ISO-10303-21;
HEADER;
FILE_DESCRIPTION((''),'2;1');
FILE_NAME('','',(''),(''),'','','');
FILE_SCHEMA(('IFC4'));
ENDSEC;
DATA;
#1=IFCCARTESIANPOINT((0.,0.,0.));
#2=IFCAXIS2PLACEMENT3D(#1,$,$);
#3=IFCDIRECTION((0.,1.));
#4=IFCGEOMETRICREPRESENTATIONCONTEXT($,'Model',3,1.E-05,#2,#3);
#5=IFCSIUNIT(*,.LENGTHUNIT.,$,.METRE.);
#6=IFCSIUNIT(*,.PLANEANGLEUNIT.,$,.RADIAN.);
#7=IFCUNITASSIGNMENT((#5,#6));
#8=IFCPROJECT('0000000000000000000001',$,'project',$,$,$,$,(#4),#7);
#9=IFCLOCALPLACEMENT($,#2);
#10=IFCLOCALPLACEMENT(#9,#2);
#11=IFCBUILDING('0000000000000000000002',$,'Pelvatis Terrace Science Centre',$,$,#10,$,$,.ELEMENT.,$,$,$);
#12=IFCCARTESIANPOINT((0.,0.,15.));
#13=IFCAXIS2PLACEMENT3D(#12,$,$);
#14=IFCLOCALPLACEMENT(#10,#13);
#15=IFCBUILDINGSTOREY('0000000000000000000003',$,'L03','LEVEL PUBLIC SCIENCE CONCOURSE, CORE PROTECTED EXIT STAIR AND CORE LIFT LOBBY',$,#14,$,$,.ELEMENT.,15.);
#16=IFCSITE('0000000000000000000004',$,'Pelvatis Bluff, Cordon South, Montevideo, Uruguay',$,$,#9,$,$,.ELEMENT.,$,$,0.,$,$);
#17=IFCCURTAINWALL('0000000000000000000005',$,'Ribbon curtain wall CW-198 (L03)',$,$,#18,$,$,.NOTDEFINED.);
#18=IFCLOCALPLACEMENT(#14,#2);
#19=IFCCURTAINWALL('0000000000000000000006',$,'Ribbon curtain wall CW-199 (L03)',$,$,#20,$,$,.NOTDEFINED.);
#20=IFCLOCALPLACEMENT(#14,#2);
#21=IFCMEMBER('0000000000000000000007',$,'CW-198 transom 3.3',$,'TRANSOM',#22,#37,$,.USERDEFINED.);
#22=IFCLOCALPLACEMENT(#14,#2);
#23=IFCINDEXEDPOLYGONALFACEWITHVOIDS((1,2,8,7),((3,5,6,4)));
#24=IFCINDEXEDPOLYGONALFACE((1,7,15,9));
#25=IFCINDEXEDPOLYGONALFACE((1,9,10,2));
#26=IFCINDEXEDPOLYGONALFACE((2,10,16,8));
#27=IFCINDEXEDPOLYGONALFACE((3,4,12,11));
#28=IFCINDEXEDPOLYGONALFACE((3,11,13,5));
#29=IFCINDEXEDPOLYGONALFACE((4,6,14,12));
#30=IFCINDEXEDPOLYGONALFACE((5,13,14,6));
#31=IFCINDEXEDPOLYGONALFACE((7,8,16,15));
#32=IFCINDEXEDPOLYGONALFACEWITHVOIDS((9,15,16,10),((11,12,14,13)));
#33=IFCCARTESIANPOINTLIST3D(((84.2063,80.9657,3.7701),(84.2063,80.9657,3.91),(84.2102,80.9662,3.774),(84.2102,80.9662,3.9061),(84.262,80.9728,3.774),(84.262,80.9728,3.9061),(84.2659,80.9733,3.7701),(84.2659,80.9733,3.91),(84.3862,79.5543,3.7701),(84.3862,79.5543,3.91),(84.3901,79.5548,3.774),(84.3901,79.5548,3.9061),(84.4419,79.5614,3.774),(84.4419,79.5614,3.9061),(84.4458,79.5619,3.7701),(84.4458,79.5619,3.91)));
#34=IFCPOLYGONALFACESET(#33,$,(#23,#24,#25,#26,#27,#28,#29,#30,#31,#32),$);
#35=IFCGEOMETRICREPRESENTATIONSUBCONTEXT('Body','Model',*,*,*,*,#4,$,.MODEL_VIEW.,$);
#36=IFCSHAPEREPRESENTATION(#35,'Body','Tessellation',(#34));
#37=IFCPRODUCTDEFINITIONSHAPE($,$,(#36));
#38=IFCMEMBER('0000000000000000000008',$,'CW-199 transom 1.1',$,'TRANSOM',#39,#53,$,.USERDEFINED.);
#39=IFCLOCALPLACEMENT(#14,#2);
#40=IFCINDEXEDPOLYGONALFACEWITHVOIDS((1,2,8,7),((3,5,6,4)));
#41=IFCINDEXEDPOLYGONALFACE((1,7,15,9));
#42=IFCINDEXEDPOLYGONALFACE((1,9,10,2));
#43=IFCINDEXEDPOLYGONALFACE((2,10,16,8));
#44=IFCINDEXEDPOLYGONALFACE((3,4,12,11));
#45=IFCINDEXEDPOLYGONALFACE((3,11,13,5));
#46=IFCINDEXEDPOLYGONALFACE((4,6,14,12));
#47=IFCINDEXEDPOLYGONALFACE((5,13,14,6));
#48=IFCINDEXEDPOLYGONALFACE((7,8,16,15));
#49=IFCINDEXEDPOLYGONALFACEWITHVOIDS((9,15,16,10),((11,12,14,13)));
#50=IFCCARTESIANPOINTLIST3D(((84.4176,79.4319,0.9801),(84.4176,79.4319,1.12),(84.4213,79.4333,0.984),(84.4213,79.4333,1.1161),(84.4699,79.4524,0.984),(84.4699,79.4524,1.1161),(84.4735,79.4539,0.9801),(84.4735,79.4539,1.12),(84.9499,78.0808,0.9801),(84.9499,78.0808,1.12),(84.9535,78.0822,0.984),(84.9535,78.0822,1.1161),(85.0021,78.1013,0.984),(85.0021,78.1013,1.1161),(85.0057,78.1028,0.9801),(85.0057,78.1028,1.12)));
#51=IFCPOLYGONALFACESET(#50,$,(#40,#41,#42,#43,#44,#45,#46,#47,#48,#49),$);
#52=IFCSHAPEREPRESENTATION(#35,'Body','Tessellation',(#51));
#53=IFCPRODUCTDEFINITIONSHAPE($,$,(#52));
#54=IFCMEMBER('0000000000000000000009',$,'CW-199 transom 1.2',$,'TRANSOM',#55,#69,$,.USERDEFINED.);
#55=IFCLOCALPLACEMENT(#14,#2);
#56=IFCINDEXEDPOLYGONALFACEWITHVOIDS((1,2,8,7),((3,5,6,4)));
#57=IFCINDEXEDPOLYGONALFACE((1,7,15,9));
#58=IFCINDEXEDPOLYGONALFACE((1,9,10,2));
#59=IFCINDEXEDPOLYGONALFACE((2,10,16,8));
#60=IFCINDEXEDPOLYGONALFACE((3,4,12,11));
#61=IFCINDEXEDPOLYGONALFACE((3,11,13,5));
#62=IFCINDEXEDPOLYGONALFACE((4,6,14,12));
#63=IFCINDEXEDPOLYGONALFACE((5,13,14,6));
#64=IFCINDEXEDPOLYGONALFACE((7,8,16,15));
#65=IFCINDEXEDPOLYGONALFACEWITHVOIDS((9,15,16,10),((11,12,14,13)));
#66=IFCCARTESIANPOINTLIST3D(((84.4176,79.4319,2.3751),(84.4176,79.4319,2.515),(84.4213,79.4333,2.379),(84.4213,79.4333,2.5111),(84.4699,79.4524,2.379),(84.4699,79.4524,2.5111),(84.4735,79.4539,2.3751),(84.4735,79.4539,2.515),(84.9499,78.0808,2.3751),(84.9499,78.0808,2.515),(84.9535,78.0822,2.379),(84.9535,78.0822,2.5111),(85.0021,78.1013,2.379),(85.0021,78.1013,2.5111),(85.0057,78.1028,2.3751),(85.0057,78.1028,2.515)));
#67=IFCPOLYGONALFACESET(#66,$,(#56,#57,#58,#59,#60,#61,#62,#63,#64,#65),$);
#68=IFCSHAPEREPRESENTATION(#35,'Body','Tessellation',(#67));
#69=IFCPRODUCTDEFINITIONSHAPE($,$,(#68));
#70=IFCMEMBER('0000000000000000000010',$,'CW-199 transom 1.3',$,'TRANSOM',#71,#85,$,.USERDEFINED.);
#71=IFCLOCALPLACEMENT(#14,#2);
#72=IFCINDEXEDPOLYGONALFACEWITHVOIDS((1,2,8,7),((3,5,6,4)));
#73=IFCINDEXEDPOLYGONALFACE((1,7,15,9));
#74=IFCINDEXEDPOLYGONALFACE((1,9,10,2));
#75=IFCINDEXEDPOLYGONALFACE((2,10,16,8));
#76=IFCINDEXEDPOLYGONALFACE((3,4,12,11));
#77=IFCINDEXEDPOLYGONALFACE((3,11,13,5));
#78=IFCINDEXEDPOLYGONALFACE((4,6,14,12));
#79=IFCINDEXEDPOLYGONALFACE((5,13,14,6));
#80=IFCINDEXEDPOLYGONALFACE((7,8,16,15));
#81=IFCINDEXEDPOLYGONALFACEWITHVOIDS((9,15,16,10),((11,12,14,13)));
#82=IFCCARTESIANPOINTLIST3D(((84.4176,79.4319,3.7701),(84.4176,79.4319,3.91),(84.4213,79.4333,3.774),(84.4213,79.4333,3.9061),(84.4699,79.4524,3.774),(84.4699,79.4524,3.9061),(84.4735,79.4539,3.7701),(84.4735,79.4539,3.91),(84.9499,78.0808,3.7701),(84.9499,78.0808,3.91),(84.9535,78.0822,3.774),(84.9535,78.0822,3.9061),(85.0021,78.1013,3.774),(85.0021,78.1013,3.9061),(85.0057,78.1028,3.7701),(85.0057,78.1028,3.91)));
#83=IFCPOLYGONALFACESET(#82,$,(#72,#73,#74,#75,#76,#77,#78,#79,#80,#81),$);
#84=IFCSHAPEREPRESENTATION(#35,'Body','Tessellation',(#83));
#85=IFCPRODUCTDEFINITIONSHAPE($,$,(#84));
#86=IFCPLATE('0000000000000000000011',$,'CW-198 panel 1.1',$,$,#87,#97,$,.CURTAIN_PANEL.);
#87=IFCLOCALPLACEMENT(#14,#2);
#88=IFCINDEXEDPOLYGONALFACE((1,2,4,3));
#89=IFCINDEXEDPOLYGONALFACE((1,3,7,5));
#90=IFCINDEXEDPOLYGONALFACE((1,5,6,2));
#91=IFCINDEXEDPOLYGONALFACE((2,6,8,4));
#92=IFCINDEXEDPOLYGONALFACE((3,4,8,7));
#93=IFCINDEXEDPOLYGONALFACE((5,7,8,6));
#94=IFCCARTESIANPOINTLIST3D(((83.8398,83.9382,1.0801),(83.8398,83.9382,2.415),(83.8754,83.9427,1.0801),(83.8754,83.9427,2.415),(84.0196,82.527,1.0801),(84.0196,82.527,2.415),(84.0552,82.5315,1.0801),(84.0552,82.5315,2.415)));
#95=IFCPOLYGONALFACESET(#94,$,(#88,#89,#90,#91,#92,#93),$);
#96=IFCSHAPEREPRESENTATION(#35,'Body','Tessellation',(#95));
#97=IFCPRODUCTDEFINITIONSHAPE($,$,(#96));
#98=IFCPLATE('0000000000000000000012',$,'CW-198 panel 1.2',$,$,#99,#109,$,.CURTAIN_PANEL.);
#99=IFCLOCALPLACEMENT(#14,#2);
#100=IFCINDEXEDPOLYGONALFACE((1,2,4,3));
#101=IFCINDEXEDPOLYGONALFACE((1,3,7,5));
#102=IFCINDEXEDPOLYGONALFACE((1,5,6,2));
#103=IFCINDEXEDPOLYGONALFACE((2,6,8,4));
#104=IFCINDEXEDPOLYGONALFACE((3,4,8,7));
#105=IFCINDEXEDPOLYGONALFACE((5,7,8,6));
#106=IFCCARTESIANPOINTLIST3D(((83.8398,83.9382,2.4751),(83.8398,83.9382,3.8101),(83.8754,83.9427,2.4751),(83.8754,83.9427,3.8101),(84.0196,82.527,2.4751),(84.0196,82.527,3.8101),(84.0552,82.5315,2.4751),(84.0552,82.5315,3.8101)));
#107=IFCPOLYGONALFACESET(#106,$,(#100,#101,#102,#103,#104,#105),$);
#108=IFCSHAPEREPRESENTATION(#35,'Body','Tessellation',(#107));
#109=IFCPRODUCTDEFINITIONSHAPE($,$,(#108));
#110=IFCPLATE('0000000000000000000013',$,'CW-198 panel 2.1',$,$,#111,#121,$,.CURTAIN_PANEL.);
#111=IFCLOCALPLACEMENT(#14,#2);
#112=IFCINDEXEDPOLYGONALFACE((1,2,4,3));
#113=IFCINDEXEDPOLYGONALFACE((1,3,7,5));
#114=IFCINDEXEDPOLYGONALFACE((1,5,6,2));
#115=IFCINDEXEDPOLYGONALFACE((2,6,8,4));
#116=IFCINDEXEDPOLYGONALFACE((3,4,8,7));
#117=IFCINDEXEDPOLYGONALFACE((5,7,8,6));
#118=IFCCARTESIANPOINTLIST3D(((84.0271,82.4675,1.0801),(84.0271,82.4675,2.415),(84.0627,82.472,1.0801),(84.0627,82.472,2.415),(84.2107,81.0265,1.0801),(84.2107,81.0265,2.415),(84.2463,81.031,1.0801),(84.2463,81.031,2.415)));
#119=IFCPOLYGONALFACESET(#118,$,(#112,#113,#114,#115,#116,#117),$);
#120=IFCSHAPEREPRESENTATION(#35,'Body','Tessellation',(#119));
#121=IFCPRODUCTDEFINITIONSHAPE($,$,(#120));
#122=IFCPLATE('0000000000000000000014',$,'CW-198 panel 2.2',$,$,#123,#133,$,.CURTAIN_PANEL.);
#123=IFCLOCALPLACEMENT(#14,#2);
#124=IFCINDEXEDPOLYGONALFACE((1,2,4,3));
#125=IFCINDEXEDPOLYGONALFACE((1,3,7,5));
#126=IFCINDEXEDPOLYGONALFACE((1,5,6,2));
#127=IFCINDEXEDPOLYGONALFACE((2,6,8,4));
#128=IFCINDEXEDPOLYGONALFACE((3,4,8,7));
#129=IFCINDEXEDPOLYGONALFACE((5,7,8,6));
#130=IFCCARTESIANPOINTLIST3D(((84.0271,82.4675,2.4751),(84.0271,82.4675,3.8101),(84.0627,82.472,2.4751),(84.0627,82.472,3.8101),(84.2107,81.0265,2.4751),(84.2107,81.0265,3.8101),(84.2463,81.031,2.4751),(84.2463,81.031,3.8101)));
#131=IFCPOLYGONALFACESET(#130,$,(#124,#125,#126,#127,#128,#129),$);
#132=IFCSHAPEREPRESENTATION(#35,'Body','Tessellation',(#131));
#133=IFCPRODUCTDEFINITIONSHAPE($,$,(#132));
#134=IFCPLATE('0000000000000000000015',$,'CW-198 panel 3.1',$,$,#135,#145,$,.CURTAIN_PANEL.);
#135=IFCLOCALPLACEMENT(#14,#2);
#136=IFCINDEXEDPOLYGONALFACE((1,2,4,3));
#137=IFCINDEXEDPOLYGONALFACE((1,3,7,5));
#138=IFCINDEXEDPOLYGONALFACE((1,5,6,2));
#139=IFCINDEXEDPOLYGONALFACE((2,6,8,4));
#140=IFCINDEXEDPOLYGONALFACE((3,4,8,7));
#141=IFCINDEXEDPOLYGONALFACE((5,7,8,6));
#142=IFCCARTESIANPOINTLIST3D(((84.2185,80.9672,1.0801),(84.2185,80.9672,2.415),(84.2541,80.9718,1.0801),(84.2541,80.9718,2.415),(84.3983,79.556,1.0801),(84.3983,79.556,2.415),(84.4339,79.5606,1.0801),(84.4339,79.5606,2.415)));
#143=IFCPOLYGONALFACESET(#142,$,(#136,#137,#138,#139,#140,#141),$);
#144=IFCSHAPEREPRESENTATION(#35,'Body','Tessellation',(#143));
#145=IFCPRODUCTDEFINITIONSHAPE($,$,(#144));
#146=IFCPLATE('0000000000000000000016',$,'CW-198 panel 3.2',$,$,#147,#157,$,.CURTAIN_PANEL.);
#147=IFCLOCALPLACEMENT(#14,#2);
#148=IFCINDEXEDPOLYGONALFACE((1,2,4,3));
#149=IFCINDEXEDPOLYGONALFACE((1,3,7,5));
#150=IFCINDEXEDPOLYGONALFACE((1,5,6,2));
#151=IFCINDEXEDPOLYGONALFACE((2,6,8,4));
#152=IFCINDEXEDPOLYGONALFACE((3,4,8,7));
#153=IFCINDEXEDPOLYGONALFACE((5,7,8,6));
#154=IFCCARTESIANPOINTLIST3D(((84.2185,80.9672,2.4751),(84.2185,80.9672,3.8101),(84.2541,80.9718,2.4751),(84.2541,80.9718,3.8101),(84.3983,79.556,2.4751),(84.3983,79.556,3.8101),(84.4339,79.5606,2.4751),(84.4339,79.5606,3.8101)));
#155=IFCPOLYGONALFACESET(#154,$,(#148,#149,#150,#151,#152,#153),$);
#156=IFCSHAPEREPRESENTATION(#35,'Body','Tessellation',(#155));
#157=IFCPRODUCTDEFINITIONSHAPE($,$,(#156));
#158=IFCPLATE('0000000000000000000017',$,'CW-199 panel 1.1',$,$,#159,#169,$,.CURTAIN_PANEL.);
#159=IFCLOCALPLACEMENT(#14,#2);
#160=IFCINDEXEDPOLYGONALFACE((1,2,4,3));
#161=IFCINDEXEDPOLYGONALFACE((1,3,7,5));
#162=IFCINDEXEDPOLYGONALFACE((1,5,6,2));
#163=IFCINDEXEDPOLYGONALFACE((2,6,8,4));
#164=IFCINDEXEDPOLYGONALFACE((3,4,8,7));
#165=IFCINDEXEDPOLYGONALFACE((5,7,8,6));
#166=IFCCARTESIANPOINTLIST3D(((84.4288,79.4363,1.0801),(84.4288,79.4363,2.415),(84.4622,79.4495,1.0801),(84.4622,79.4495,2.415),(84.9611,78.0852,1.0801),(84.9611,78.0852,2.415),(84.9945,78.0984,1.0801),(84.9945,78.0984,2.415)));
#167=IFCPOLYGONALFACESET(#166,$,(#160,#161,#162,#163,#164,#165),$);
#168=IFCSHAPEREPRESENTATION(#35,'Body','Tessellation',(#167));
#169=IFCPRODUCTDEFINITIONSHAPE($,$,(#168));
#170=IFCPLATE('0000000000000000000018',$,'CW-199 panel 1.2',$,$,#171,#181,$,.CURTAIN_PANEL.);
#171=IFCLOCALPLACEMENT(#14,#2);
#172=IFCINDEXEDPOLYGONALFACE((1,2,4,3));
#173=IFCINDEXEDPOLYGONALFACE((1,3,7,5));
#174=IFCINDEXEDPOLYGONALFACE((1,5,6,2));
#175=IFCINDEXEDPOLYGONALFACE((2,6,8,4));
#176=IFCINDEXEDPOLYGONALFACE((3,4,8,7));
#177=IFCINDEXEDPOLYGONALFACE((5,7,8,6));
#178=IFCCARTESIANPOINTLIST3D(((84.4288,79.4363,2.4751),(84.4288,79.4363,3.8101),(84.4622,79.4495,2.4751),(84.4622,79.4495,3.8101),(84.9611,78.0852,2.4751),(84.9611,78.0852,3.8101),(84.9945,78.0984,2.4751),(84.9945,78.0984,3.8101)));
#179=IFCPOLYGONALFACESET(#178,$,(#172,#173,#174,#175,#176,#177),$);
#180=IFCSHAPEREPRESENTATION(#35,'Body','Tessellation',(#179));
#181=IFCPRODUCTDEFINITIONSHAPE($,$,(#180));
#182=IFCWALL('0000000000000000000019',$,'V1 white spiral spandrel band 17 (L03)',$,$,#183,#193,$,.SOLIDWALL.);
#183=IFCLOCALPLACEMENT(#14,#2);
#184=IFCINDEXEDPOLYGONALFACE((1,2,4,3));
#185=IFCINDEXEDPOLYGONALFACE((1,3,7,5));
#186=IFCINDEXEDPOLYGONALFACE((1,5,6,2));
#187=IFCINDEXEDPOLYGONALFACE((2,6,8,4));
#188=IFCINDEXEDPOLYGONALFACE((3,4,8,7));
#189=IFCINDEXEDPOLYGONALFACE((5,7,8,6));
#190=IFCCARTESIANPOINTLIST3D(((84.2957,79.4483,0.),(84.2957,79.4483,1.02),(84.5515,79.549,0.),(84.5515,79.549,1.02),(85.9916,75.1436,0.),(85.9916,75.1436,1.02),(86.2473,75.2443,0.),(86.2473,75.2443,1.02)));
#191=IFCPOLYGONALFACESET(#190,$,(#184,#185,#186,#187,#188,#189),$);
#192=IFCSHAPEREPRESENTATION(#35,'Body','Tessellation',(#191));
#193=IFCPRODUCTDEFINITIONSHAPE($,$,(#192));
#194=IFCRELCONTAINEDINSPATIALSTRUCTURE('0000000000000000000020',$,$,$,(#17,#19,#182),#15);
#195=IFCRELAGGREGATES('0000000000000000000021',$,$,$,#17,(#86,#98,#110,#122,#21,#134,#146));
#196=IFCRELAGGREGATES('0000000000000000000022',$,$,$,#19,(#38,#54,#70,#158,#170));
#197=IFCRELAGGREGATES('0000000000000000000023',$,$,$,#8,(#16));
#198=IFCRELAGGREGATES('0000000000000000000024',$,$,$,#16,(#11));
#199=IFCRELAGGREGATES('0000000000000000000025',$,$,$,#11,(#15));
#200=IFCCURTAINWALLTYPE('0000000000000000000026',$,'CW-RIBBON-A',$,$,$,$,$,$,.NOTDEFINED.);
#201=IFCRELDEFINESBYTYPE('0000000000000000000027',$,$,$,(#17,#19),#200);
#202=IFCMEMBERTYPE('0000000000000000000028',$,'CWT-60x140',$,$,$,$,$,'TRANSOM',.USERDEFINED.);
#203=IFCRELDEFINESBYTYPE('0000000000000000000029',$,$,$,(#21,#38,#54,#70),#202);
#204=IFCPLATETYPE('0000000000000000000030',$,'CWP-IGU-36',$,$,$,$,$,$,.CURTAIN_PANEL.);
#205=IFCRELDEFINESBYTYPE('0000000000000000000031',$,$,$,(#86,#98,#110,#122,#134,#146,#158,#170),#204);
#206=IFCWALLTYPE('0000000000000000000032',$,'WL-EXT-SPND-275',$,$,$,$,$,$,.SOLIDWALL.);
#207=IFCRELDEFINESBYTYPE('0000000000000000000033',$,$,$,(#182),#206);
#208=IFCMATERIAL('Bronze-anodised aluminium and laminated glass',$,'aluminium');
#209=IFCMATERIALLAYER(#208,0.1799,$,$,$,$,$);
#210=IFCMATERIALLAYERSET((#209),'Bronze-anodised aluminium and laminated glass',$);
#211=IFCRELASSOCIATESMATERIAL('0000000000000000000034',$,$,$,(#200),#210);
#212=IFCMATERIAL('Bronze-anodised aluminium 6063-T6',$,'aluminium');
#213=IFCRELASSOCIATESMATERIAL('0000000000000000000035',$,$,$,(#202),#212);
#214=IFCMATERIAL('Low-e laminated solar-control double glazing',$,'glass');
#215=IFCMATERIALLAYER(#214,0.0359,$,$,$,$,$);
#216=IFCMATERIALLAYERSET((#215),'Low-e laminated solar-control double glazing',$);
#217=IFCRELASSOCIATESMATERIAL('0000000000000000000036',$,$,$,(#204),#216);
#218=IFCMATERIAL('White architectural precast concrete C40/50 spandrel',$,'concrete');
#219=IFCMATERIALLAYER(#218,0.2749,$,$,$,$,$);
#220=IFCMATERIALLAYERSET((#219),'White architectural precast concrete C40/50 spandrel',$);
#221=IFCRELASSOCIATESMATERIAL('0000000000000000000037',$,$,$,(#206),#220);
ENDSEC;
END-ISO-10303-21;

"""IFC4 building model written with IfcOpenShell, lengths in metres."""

from ifc_helpers import new_model, si_unit, direction, frame, frame_2d, origin, origin_2d, place, context, subcontext, project, spatial, rectangle, hollow_rectangle, extrude, material, layer, layer_set, material_profile, profile_set, type_object, element, aggregate, save


model = new_model("IFC4")

# Units and contexts
model_context = context("Model", 3, precision=1e-05, world=origin(), true_north=direction((0.0, 1.0)))
body_context = subcontext(model_context, "Body", "Model", "MODEL_VIEW")
ifc_project = project(units=[si_unit("LENGTHUNIT", "METRE"), si_unit("PLANEANGLEUNIT", "RADIAN")], contexts=[model_context])

# Site, building, storey
site_placement = place(None, origin())
site = spatial("IfcSite", under=ifc_project, at=site_placement, Name="Pelvatis Bluff, Cordon South, Montevideo, Uruguay", CompositionType="ELEMENT", RefElevation=0.0)
building_placement = place(site_placement, origin())
building = spatial("IfcBuilding", under=site, at=building_placement, Name="Pelvatis Terrace Science Centre", CompositionType="ELEMENT")
storey_placement = place(building_placement, frame((0.0, 0.0, 15.0)))
storey = spatial("IfcBuildingStorey", under=building, at=storey_placement, Name="L03", Description="LEVEL PUBLIC SCIENCE CONCOURSE, CORE PROTECTED EXIT STAIR AND CORE LIFT LOBBY", CompositionType="ELEMENT", Elevation=15.0)

# Curtain walls
ifc_material_1 = material(Name="Bronze-anodised aluminium and laminated glass", Category="aluminium")
ifc_layer_1 = layer(ifc_material_1, 0.1799)
ifc_layer_set_1 = layer_set([ifc_layer_1], Name="Bronze-anodised aluminium and laminated glass")
curtain_wall_type = type_object("IfcCurtainWallType", Name="CW-RIBBON-A", PredefinedType="NOTDEFINED", material=ifc_layer_set_1)
curtain_wall_1_placement = place(storey_placement, origin())
curtain_wall_1 = element("IfcCurtainWall", 1, at=curtain_wall_1_placement, inside=storey, type_object=curtain_wall_type, Name="Ribbon curtain wall CW-198 (L03)", PredefinedType="NOTDEFINED")
curtain_wall_2_placement = place(storey_placement, origin())
curtain_wall_2 = element("IfcCurtainWall", 2, at=curtain_wall_2_placement, inside=storey, type_object=curtain_wall_type, Name="Ribbon curtain wall CW-199 (L03)", PredefinedType="NOTDEFINED")

# Members
ifc_material_2 = material(Name="Bronze-anodised aluminium 6063-T6", Category="aluminium")
ifc_material_profile_1 = material_profile(ifc_material_2, hollow_rectangle(XDim=0.0601, YDim=0.1399, WallThickness=0.0039, at=origin_2d()), Name="ALU-TRN 60x140")
ifc_profile_set_1 = profile_set([ifc_material_profile_1], Name="Bronze-anodised aluminium 6063-T6")
member_type_1 = type_object("IfcMemberType", Name="CWT-60x140", ElementType="TRANSOM", PredefinedType="USERDEFINED", material=ifc_profile_set_1)
member_1_placement = place(storey_placement, frame((84.2361, 80.9695, 3.8401), z_axis=(0.126463, -0.991971, 0.0), x_axis=(0.991971, 0.126463, 0.0)))
member_1 = element("IfcMember", 3, at=member_1_placement, type_object=member_type_1, Name="CW-198 transom 3.3", ObjectType="TRANSOM", PredefinedType="USERDEFINED", context=body_context, shape_type="SweptSolid", body=[
    extrude(hollow_rectangle(XDim=0.0601, YDim=0.1399, WallThickness=0.0039, at=origin_2d()), origin(), (0.0, 0.0, 1.0), 1.4229),
])
member_2_placement = place(storey_placement, frame((84.4456, 79.4429, 1.05), z_axis=(0.366516, -0.930412, 0.0), x_axis=(0.930412, 0.366516, 0.0)))
member_2 = element("IfcMember", 4, at=member_2_placement, type_object=member_type_1, Name="CW-199 transom 1.1", ObjectType="TRANSOM", PredefinedType="USERDEFINED", context=body_context, shape_type="SweptSolid", body=[
    extrude(hollow_rectangle(XDim=0.0601, YDim=0.1399, WallThickness=0.0039, at=origin_2d()), origin(), (0.0, 0.0, 1.0), 1.4521),
])
member_3_placement = place(storey_placement, frame((84.4456, 79.4429, 2.4451), z_axis=(0.366516, -0.930412, 0.0), x_axis=(0.930412, 0.366516, 0.0)))
member_3 = element("IfcMember", 5, at=member_3_placement, type_object=member_type_1, Name="CW-199 transom 1.2", ObjectType="TRANSOM", PredefinedType="USERDEFINED", context=body_context, shape_type="SweptSolid", body=[
    extrude(hollow_rectangle(XDim=0.0601, YDim=0.1399, WallThickness=0.0039, at=origin_2d()), origin(), (0.0, 0.0, 1.0), 1.4521),
])
member_4_placement = place(storey_placement, frame((84.4456, 79.4429, 3.8401), z_axis=(0.366516, -0.930412, 0.0), x_axis=(0.930412, 0.366516, 0.0)))
member_4 = element("IfcMember", 6, at=member_4_placement, type_object=member_type_1, Name="CW-199 transom 1.3", ObjectType="TRANSOM", PredefinedType="USERDEFINED", context=body_context, shape_type="SweptSolid", body=[
    extrude(hollow_rectangle(XDim=0.0601, YDim=0.1399, WallThickness=0.0039, at=origin_2d()), origin(), (0.0, 0.0, 1.0), 1.4521),
])

# Plates
ifc_material_3 = material(Name="Low-e laminated solar-control double glazing", Category="glass")
ifc_layer_2 = layer(ifc_material_3, 0.0359)
ifc_layer_set_2 = layer_set([ifc_layer_2], Name="Low-e laminated solar-control double glazing")
plate_type = type_object("IfcPlateType", Name="CWP-IGU-36", PredefinedType="CURTAIN_PANEL", material=ifc_layer_set_2)
plate_1_placement = place(storey_placement, frame((83.9475, 83.2349, 1.0801), z_axis=(0.0, 0.0, 1.0), x_axis=(0.126408, -0.991978, 0.0)))
plate_1 = element("IfcPlate", 7, at=plate_1_placement, type_object=plate_type, Name="CW-198 panel 1.1", PredefinedType="CURTAIN_PANEL", context=body_context, shape_type="SweptSolid", body=[
    extrude(rectangle(XDim=1.4226, YDim=0.0359, at=origin_2d()), origin(), (0.0, 0.0, 1.0), 1.335),
])
plate_2_placement = place(storey_placement, frame((83.9475, 83.2349, 2.4751), z_axis=(0.0, 0.0, 1.0), x_axis=(0.126408, -0.991978, 0.0)))
plate_2 = element("IfcPlate", 8, at=plate_2_placement, type_object=plate_type, Name="CW-198 panel 1.2", PredefinedType="CURTAIN_PANEL", context=body_context, shape_type="SweptSolid", body=[
    extrude(rectangle(XDim=1.4226, YDim=0.0359, at=origin_2d()), origin(), (0.0, 0.0, 1.0), 1.335),
])
plate_3_placement = place(storey_placement, frame((84.1367, 81.7493, 1.0801), z_axis=(0.0, 0.0, 1.0), x_axis=(0.126408, -0.991978, 0.0)))
plate_3 = element("IfcPlate", 9, at=plate_3_placement, type_object=plate_type, Name="CW-198 panel 2.1", PredefinedType="CURTAIN_PANEL", context=body_context, shape_type="SweptSolid", body=[
    extrude(rectangle(XDim=1.4526, YDim=0.0359, at=origin_2d()), origin(), (0.0, 0.0, 1.0), 1.335),
])
plate_4_placement = place(storey_placement, frame((84.1367, 81.7493, 2.4751), z_axis=(0.0, 0.0, 1.0), x_axis=(0.126408, -0.991978, 0.0)))
plate_4 = element("IfcPlate", 10, at=plate_4_placement, type_object=plate_type, Name="CW-198 panel 2.2", PredefinedType="CURTAIN_PANEL", context=body_context, shape_type="SweptSolid", body=[
    extrude(rectangle(XDim=1.4526, YDim=0.0359, at=origin_2d()), origin(), (0.0, 0.0, 1.0), 1.335),
])
plate_5_placement = place(storey_placement, frame((84.3262, 80.2639, 1.0801), z_axis=(0.0, 0.0, 1.0), x_axis=(0.126408, -0.991978, 0.0)))
plate_5 = element("IfcPlate", 11, at=plate_5_placement, type_object=plate_type, Name="CW-198 panel 3.1", PredefinedType="CURTAIN_PANEL", context=body_context, shape_type="SweptSolid", body=[
    extrude(rectangle(XDim=1.4226, YDim=0.0359, at=origin_2d()), origin(), (0.0, 0.0, 1.0), 1.335),
])
plate_6_placement = place(storey_placement, frame((84.3262, 80.2639, 2.4751), z_axis=(0.0, 0.0, 1.0), x_axis=(0.126408, -0.991978, 0.0)))
plate_6 = element("IfcPlate", 12, at=plate_6_placement, type_object=plate_type, Name="CW-198 panel 3.2", PredefinedType="CURTAIN_PANEL", context=body_context, shape_type="SweptSolid", body=[
    extrude(rectangle(XDim=1.4226, YDim=0.0359, at=origin_2d()), origin(), (0.0, 0.0, 1.0), 1.335),
])
aggregate(curtain_wall_1, [plate_1, plate_2, plate_3, plate_4, member_1, plate_5, plate_6])
plate_7_placement = place(storey_placement, frame((84.7117, 78.7673, 1.0801), z_axis=(0.0, 0.0, 1.0), x_axis=(0.366541, -0.930402, 0.0)))
plate_7 = element("IfcPlate", 13, at=plate_7_placement, type_object=plate_type, Name="CW-199 panel 1.1", PredefinedType="CURTAIN_PANEL", context=body_context, shape_type="SweptSolid", body=[
    extrude(rectangle(XDim=1.4521, YDim=0.0359, at=origin_2d()), origin(), (0.0, 0.0, 1.0), 1.335),
])
plate_8_placement = place(storey_placement, frame((84.7117, 78.7673, 2.4751), z_axis=(0.0, 0.0, 1.0), x_axis=(0.366541, -0.930402, 0.0)))
plate_8 = element("IfcPlate", 14, at=plate_8_placement, type_object=plate_type, Name="CW-199 panel 1.2", PredefinedType="CURTAIN_PANEL", context=body_context, shape_type="SweptSolid", body=[
    extrude(rectangle(XDim=1.4521, YDim=0.0359, at=origin_2d()), origin(), (0.0, 0.0, 1.0), 1.335),
])
aggregate(curtain_wall_2, [member_2, member_3, member_4, plate_7, plate_8])

# Wall
ifc_material_4 = material(Name="White architectural precast concrete C40/50 spandrel", Category="concrete")
ifc_layer_3 = layer(ifc_material_4, 0.2749)
ifc_layer_set_3 = layer_set([ifc_layer_3], Name="White architectural precast concrete C40/50 spandrel")
wall_type_1 = type_object("IfcWallType", Name="WL-EXT-SPND-275", PredefinedType="SOLIDWALL", material=ifc_layer_set_3)
wall_1_placement = place(storey_placement, frame((84.4236, 79.4988, 0.0), z_axis=(0.0, 0.0, 1.0), x_axis=(0.366527, -0.930407, 0.0)))
element("IfcWall", 15, at=wall_1_placement, inside=storey, type_object=wall_type_1, Name="V1 white spiral spandrel band 17 (L03)", PredefinedType="SOLIDWALL", context=body_context, shape_type="SweptSolid", body=[
    extrude(rectangle(XDim=4.6267, YDim=0.2749, at=frame_2d((2.3135, 0.0))), origin(), (0.0, 0.0, 1.0), 1.02),
])

save(model, "model.ifc")
